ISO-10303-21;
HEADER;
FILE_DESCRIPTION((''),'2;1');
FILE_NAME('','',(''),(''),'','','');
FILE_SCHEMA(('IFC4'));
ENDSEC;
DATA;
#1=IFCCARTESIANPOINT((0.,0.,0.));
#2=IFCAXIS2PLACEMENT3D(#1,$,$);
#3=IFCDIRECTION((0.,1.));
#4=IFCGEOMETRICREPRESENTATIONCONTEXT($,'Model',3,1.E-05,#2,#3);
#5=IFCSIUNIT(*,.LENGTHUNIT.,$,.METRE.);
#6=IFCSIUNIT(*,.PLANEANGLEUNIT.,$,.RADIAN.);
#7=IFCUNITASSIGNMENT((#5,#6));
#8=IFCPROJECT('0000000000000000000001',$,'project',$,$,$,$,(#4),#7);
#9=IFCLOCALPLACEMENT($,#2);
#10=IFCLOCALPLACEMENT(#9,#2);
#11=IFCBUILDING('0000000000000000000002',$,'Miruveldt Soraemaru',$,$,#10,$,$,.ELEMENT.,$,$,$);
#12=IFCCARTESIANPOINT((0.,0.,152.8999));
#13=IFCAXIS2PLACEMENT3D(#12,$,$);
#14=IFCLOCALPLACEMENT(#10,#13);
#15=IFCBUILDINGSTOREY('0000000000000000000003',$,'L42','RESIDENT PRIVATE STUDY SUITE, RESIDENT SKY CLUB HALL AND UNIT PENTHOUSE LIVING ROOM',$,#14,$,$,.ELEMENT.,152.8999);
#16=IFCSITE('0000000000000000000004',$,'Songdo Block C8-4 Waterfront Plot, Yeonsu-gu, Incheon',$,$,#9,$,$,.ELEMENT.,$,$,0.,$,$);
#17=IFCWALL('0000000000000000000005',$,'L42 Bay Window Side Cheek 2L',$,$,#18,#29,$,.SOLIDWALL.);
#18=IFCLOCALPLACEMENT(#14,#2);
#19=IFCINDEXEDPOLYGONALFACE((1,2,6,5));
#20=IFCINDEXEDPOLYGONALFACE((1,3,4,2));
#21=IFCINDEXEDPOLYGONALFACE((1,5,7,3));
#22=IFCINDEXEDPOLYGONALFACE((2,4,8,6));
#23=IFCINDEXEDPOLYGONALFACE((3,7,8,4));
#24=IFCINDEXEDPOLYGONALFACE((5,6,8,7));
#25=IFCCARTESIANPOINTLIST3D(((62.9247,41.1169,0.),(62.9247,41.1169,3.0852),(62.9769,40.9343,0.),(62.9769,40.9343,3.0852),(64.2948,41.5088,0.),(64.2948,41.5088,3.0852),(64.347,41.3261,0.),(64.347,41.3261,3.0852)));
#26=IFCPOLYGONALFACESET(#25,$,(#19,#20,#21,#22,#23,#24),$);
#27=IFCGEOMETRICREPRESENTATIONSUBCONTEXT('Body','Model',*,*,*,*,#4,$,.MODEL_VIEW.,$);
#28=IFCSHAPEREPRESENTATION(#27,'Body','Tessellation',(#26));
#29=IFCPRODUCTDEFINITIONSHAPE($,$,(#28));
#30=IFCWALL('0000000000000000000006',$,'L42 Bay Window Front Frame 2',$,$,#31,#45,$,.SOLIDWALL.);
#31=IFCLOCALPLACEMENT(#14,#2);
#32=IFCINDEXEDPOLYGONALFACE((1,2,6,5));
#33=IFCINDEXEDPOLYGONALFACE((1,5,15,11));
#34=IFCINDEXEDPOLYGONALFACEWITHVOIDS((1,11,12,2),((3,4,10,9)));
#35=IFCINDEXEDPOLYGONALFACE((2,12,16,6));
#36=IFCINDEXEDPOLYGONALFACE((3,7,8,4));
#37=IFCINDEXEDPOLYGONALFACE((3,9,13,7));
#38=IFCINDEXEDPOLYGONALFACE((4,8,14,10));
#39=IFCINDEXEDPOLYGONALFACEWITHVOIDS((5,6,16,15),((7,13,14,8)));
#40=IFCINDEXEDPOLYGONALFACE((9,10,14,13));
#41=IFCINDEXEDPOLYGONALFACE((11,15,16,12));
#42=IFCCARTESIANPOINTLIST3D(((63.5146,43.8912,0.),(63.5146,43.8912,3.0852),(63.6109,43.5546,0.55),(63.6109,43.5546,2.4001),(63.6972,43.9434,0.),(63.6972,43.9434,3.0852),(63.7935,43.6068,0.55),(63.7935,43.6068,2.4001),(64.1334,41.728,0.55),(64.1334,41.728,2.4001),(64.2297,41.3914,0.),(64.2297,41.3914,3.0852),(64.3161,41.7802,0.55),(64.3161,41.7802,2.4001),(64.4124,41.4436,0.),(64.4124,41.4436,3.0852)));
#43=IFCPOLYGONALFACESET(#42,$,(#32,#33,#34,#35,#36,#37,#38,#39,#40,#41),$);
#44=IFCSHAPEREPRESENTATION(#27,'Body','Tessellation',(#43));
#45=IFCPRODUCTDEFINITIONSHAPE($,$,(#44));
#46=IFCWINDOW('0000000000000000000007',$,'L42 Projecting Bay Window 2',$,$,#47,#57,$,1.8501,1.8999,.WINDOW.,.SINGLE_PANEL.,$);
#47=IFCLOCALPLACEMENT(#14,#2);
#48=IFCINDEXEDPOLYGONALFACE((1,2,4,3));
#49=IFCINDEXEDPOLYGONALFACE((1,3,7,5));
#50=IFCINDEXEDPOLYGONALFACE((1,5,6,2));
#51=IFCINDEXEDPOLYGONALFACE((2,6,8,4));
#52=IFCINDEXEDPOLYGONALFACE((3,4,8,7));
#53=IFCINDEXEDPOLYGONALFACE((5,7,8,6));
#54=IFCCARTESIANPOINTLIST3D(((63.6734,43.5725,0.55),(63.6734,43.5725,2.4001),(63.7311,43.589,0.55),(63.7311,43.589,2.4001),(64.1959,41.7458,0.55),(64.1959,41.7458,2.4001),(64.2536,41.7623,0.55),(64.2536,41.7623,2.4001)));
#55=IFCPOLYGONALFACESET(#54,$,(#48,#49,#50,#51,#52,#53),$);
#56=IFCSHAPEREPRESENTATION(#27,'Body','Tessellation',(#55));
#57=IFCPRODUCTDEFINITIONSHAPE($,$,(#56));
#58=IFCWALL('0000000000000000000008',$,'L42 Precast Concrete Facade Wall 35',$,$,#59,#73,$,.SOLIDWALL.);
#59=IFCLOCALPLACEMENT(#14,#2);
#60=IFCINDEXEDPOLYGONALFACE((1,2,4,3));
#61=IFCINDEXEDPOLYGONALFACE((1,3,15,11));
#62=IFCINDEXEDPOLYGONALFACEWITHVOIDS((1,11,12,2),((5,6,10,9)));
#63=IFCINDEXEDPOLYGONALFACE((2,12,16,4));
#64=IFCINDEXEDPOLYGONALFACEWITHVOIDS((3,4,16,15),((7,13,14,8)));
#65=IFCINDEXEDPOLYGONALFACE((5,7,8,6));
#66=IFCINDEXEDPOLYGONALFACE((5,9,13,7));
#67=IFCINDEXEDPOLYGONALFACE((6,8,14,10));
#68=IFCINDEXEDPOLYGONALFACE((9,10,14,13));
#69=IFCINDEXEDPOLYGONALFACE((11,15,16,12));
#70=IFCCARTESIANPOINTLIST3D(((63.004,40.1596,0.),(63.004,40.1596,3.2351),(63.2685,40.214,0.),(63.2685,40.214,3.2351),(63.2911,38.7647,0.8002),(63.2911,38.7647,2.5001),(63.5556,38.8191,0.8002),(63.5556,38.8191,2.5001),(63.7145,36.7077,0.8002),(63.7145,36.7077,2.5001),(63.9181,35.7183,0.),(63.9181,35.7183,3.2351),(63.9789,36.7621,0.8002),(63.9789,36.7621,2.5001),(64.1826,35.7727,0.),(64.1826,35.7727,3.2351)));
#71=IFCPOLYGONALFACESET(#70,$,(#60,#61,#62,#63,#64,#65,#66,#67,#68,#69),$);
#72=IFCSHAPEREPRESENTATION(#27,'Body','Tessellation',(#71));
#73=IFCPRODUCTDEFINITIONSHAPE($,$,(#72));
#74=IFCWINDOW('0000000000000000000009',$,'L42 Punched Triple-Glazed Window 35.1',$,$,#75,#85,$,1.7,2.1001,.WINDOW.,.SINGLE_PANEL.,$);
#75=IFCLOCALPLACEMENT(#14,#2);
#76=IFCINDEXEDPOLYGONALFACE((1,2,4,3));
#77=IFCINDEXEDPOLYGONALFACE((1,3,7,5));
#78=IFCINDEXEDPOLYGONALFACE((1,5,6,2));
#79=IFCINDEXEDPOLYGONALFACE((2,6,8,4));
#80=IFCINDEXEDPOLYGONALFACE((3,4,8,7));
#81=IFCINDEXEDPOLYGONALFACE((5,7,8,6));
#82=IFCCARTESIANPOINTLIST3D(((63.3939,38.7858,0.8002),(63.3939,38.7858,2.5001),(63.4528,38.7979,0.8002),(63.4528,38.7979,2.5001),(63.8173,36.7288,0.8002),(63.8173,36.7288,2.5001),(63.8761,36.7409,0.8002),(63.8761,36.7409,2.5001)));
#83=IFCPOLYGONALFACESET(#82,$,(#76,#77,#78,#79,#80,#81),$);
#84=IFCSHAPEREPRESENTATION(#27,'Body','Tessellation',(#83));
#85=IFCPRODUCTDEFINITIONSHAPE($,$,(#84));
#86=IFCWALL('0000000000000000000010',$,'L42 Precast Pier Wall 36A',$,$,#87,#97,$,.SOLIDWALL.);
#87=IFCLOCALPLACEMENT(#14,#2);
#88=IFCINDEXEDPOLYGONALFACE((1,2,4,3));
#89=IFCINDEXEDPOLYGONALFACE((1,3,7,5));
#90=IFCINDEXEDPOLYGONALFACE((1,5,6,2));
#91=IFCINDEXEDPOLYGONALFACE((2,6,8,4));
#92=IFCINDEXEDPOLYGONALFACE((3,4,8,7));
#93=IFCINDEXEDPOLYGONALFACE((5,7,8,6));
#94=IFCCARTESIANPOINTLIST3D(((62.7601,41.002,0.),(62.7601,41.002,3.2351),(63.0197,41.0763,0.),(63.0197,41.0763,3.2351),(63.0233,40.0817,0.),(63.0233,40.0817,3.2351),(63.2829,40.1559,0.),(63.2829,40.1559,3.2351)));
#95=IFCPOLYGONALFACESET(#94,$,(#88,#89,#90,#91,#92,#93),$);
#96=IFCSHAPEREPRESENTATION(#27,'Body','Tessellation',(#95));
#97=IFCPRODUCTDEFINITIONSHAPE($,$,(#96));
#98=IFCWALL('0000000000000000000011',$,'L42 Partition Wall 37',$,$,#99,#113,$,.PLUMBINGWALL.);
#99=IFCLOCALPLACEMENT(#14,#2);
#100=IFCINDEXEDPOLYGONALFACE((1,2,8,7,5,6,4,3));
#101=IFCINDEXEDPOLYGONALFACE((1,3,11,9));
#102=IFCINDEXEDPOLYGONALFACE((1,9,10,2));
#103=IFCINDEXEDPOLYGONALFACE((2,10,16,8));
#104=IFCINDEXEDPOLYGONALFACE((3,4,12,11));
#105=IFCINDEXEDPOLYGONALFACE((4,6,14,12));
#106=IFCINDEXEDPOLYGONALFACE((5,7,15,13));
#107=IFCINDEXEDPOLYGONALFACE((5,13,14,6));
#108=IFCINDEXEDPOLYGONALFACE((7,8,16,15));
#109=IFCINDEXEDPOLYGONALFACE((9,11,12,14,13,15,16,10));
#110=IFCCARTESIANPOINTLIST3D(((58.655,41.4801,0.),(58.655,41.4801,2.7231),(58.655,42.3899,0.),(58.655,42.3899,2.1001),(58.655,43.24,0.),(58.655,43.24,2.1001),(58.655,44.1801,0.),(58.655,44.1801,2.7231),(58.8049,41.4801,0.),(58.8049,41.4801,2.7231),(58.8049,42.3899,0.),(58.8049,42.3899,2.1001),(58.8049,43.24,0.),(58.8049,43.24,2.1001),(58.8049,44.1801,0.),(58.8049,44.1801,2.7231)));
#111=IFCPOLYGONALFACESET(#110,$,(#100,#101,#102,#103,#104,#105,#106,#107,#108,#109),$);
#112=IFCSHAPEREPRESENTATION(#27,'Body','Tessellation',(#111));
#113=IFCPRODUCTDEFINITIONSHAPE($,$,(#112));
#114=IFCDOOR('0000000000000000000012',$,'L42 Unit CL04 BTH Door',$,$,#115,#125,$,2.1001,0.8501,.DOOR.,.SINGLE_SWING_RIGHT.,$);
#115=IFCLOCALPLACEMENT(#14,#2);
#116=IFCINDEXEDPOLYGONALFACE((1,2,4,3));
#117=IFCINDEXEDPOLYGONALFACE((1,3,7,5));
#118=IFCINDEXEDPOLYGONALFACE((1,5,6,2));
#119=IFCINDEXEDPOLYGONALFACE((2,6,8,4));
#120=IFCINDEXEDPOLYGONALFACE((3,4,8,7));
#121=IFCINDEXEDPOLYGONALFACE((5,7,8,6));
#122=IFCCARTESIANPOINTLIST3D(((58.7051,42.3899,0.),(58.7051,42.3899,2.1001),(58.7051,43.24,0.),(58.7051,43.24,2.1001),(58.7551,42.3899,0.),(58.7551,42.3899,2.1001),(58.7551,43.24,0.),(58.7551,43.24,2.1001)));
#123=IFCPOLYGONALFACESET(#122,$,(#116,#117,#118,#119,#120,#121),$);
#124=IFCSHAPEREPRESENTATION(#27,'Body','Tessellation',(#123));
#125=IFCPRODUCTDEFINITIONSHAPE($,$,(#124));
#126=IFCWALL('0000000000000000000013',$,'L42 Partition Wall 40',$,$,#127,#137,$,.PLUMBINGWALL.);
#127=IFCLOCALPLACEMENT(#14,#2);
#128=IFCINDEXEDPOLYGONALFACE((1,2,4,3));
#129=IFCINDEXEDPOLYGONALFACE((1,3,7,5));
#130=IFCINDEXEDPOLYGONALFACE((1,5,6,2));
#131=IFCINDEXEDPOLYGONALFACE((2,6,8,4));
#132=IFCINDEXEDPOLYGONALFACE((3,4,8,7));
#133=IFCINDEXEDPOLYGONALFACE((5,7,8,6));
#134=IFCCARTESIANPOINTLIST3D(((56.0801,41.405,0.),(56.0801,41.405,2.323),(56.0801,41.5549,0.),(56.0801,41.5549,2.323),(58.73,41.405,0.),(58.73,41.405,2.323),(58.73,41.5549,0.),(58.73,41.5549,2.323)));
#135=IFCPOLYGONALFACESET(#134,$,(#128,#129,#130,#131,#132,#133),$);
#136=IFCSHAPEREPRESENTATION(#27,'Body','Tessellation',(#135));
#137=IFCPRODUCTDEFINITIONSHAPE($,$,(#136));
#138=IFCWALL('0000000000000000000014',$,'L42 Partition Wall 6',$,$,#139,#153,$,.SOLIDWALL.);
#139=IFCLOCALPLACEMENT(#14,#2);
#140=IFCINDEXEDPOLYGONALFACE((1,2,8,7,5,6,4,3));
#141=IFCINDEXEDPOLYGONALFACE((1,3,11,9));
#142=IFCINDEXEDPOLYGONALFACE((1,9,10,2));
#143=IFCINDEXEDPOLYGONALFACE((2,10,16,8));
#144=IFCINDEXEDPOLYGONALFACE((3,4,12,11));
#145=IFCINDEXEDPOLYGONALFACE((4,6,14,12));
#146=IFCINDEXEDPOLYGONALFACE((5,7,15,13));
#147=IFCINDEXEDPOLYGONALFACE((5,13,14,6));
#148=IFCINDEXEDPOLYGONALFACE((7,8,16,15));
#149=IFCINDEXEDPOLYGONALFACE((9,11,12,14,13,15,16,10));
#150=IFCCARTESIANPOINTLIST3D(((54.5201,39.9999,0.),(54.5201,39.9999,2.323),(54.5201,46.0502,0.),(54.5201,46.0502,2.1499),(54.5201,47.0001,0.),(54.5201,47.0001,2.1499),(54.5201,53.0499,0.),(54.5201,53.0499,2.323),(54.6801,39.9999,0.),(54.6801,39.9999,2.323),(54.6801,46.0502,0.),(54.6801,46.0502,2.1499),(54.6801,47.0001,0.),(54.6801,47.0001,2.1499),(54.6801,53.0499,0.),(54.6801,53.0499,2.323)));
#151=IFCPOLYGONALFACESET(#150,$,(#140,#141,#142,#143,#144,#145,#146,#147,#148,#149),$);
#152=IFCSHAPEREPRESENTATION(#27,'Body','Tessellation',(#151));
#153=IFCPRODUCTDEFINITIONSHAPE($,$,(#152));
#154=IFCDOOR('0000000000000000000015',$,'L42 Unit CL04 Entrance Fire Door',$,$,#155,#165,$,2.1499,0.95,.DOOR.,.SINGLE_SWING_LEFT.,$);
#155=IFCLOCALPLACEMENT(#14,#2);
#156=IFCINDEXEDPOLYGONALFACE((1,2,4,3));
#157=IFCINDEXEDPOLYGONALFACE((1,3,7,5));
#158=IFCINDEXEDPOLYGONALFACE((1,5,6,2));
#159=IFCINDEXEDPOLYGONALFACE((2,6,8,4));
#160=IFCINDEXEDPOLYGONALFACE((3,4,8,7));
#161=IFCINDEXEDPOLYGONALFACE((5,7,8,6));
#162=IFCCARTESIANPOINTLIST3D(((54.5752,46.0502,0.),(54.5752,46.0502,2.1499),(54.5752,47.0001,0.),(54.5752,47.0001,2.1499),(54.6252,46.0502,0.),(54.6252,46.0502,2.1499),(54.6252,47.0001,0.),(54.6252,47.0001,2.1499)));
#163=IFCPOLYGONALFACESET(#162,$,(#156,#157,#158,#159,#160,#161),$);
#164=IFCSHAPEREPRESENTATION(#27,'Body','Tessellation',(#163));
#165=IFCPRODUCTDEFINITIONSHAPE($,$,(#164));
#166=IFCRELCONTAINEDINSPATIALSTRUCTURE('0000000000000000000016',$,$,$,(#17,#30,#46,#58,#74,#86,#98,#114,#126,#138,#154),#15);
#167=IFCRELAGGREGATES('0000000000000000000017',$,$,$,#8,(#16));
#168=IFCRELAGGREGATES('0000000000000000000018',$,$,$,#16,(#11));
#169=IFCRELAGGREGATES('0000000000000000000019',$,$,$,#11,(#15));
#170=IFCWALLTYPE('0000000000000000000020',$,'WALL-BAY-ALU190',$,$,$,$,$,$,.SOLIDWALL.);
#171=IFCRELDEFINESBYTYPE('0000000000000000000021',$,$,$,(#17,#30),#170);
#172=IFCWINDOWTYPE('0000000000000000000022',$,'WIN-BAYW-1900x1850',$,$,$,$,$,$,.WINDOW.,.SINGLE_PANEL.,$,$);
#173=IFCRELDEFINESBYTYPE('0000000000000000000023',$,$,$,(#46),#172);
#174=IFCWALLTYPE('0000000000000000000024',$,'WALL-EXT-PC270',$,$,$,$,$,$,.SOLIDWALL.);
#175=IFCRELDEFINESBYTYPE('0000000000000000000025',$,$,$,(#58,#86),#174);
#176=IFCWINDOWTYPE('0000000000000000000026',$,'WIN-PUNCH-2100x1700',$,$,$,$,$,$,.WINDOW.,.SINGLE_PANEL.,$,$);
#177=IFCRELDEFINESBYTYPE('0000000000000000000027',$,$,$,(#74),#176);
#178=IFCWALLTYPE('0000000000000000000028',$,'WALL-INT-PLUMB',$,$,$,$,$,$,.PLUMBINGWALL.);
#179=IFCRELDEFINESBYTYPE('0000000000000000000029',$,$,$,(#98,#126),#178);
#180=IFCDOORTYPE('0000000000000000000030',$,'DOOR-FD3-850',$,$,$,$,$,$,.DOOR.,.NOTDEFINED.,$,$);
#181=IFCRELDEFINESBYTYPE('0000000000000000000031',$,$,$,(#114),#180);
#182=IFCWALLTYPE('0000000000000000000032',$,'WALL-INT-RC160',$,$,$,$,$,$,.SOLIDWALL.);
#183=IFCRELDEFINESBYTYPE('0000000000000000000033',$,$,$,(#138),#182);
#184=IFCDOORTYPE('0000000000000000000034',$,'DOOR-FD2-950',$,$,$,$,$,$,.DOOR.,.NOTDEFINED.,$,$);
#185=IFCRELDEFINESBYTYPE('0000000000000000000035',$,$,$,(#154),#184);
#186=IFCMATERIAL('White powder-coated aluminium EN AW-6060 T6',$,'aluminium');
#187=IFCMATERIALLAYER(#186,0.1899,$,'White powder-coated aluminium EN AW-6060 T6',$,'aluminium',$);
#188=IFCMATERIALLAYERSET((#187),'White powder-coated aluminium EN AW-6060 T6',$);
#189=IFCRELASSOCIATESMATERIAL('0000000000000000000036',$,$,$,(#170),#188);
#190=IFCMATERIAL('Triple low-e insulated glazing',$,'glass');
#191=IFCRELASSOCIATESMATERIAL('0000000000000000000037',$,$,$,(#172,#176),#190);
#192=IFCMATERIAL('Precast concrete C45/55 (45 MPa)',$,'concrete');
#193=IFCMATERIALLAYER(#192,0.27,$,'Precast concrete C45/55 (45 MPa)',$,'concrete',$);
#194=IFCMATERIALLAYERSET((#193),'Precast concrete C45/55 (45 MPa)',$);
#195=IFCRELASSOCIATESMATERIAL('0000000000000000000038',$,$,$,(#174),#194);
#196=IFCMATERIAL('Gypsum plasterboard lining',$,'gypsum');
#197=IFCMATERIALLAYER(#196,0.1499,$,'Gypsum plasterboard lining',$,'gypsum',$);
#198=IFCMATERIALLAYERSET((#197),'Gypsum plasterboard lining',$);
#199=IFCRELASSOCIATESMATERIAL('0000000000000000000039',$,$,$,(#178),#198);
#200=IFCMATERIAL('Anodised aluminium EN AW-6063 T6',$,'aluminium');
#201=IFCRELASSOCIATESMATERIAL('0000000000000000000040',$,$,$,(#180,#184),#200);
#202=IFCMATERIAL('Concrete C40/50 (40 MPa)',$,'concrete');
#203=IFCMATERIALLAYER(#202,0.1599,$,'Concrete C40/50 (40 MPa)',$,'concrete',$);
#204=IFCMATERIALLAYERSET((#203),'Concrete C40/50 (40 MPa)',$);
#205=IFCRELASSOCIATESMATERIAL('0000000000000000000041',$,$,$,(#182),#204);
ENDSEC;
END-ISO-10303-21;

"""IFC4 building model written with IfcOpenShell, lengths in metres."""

from ifc_helpers import new_model, si_unit, direction, frame, frame_2d, origin, place, context, subcontext, project, spatial, rectangle, extrude, material, layer, layer_set, type_object, element, fill, save


model = new_model("IFC4")

# Units and contexts
model_context = context("Model", 3, precision=1e-05, world=origin(), true_north=direction((0.0, 1.0)))
body_context = subcontext(model_context, "Body", "Model", "MODEL_VIEW")
ifc_project = project(units=[si_unit("LENGTHUNIT", "METRE"), si_unit("PLANEANGLEUNIT", "RADIAN")], contexts=[model_context])

# Site, building, storey
site_placement = place(None, origin())
site = spatial("IfcSite", under=ifc_project, at=site_placement, Name="Songdo Block C8-4 Waterfront Plot, Yeonsu-gu, Incheon", CompositionType="ELEMENT", RefElevation=0.0)
building_placement = place(site_placement, origin())
building = spatial("IfcBuilding", under=site, at=building_placement, Name="Miruveldt Soraemaru", CompositionType="ELEMENT")
storey_placement = place(building_placement, frame((0.0, 0.0, 152.8999)))
storey = spatial("IfcBuildingStorey", under=building, at=storey_placement, Name="L42", Description="RESIDENT PRIVATE STUDY SUITE, RESIDENT SKY CLUB HALL AND UNIT PENTHOUSE LIVING ROOM", CompositionType="ELEMENT", Elevation=152.8999)

# Wall
ifc_material_1 = material(Name="White powder-coated aluminium EN AW-6060 T6", Category="aluminium")
ifc_layer_1 = layer(ifc_material_1, 0.1899, Name="White powder-coated aluminium EN AW-6060 T6", Category="aluminium")
ifc_layer_set_1 = layer_set([ifc_layer_1], Name="White powder-coated aluminium EN AW-6060 T6")
wall_type_1 = type_object("IfcWallType", Name="WALL-BAY-ALU190", PredefinedType="SOLIDWALL", material=ifc_layer_set_1)
wall_1_placement = place(storey_placement, frame((62.9509, 41.0256, 0.0), z_axis=(0.0, 0.0, 1.0), x_axis=(0.961453, 0.27497, 0.0)))
element("IfcWall", 1, at=wall_1_placement, inside=storey, type_object=wall_type_1, Name="L42 Bay Window Side Cheek 2L", PredefinedType="SOLIDWALL", context=body_context, shape_type="SweptSolid", body=[
    extrude(rectangle(XDim=1.425, YDim=0.1899, at=frame_2d((0.7124, 0.0))), origin(), (0.0, 0.0, 1.0), 3.0852),
])

# Walls, openings, windows
wall_2_placement = place(storey_placement, frame((64.321, 41.4175, 0.0), z_axis=(0.0, 0.0, 1.0), x_axis=(-0.275031, 0.961435, 0.0)))
wall_2 = element("IfcWall", 2, at=wall_2_placement, inside=storey, type_object=wall_type_1, Name="L42 Bay Window Front Frame 2", PredefinedType="SOLIDWALL", context=body_context, shape_type="SweptSolid", body=[
    extrude(rectangle(XDim=2.6001, YDim=0.1899, at=frame_2d((1.3, 0.0))), origin(), (0.0, 0.0, 1.0), 3.0852),
])
opening_1_placement = place(wall_2_placement, frame((0.3501, 0.0, 0.55)))
opening_1 = element("IfcOpeningElement", 3, at=opening_1_placement, cuts=wall_2, PredefinedType="OPENING", context=body_context, shape_type="SweptSolid", body=[
    extrude(rectangle(XDim=1.8999, YDim=1.8501, at=frame_2d((0.95, 0.925))), frame((0.0, 0.105, 0.0), z_axis=(0.0, -1.0, 0.0), x_axis=(1.0, 0.0, 0.0)), (0.0, 0.0, 1.0), 0.21),
])
ifc_material_2 = material(Name="Triple low-e insulated glazing", Category="glass")
window_type_1 = type_object("IfcWindowType", Name="WIN-BAYW-1900x1850", PartitioningType="SINGLE_PANEL", PredefinedType="WINDOW", material=ifc_material_2)
window_1_placement = place(opening_1_placement, origin())
window_1 = element("IfcWindow", 4, at=window_1_placement, inside=storey, type_object=window_type_1, Name="L42 Projecting Bay Window 2", OverallHeight=1.8501, OverallWidth=1.8999, PartitioningType="SINGLE_PANEL", PredefinedType="WINDOW", context=body_context, shape_type="SweptSolid", body=[
    extrude(rectangle(XDim=1.8999, YDim=1.8501, at=frame_2d((0.95, 0.925))), frame((0.0, 0.03, 0.0), z_axis=(0.0, -1.0, 0.0), x_axis=(1.0, 0.0, 0.0)), (0.0, 0.0, 1.0), 0.0601),
])
fill(opening_1, window_1)
ifc_material_3 = material(Name="Precast concrete C45/55 (45 MPa)", Category="concrete")
ifc_layer_2 = layer(ifc_material_3, 0.27, Name="Precast concrete C45/55 (45 MPa)", Category="concrete")
ifc_layer_set_2 = layer_set([ifc_layer_2], Name="Precast concrete C45/55 (45 MPa)")
wall_type_2 = type_object("IfcWallType", Name="WALL-EXT-PC270", PredefinedType="SOLIDWALL", material=ifc_layer_set_2)
wall_3_placement = place(storey_placement, frame((64.0503, 35.7456, 0.0), z_axis=(0.0, 0.0, 1.0), x_axis=(-0.20158, 0.979472, 0.0)))
wall_3 = element("IfcWall", 5, at=wall_3_placement, inside=storey, type_object=wall_type_2, Name="L42 Precast Concrete Facade Wall 35", PredefinedType="SOLIDWALL", context=body_context, shape_type="SweptSolid", body=[
    extrude(rectangle(XDim=4.5344, YDim=0.27, at=frame_2d((2.2671, 0.0))), origin(), (0.0, 0.0, 1.0), 3.2351),
])
opening_2_placement = place(wall_3_placement, frame((1.01, 0.0, 0.8)))
opening_2 = element("IfcOpeningElement", 6, at=opening_2_placement, cuts=wall_3, PredefinedType="OPENING", context=body_context, shape_type="SweptSolid", body=[
    extrude(rectangle(XDim=2.1001, YDim=1.7, at=frame_2d((1.05, 0.8501))), frame((0.0, 0.145, 0.0), z_axis=(0.0, -1.0, 0.0), x_axis=(1.0, 0.0, 0.0)), (0.0, 0.0, 1.0), 0.29),
])
window_type_2 = type_object("IfcWindowType", Name="WIN-PUNCH-2100x1700", PartitioningType="SINGLE_PANEL", PredefinedType="WINDOW", material=ifc_material_2)
window_2_placement = place(opening_2_placement, origin())
window_2 = element("IfcWindow", 7, at=window_2_placement, inside=storey, type_object=window_type_2, Name="L42 Punched Triple-Glazed Window 35.1", OverallHeight=1.7, OverallWidth=2.1001, PartitioningType="SINGLE_PANEL", PredefinedType="WINDOW", context=body_context, shape_type="SweptSolid", body=[
    extrude(rectangle(XDim=2.1001, YDim=1.7, at=frame_2d((1.05, 0.8501))), frame((0.0, 0.03, 0.0), z_axis=(0.0, -1.0, 0.0), x_axis=(1.0, 0.0, 0.0)), (0.0, 0.0, 1.0), 0.0601),
])
fill(opening_2, window_2)

# Wall
wall_4_placement = place(storey_placement, frame((63.1531, 40.1189, 0.0), z_axis=(0.0, 0.0, 1.0), x_axis=(-0.274923, 0.961466, 0.0)))
element("IfcWall", 8, at=wall_4_placement, inside=storey, type_object=wall_type_2, Name="L42 Precast Pier Wall 36A", PredefinedType="SOLIDWALL", context=body_context, shape_type="SweptSolid", body=[
    extrude(rectangle(XDim=0.9573, YDim=0.27, at=frame_2d((0.4785, 0.0))), origin(), (0.0, 0.0, 1.0), 3.2351),
])

# Wall, opening, door
ifc_material_4 = material(Name="Gypsum plasterboard lining", Category="gypsum")
ifc_layer_3 = layer(ifc_material_4, 0.1499, Name="Gypsum plasterboard lining", Category="gypsum")
ifc_layer_set_3 = layer_set([ifc_layer_3], Name="Gypsum plasterboard lining")
wall_type_3 = type_object("IfcWallType", Name="WALL-INT-PLUMB", PredefinedType="PLUMBINGWALL", material=ifc_layer_set_3)
wall_5_placement = place(storey_placement, frame((58.73, 41.48, 0.0), z_axis=(0.0, 0.0, 1.0), x_axis=(0.0, 1.0, 0.0)))
wall_5 = element("IfcWall", 9, at=wall_5_placement, inside=storey, type_object=wall_type_3, Name="L42 Partition Wall 37", PredefinedType="PLUMBINGWALL", context=body_context, shape_type="SweptSolid", body=[
    extrude(rectangle(XDim=2.7, YDim=0.1499, at=frame_2d((1.3501, 0.0))), origin(), (0.0, 0.0, 1.0), 2.7231),
])
opening_3_placement = place(wall_5_placement, frame((0.9099, 0.0, 0.0)))
opening_3 = element("IfcOpeningElement", 10, at=opening_3_placement, cuts=wall_5, PredefinedType="OPENING", context=body_context, shape_type="SweptSolid", body=[
    extrude(rectangle(XDim=0.8501, YDim=2.1001, at=frame_2d((0.425, 1.05))), frame((0.0, 0.085, 0.0), z_axis=(0.0, -1.0, 0.0), x_axis=(1.0, 0.0, 0.0)), (0.0, 0.0, 1.0), 0.1699),
])
ifc_material_5 = material(Name="Anodised aluminium EN AW-6063 T6", Category="aluminium")
door_type_1 = type_object("IfcDoorType", Name="DOOR-FD3-850", OperationType="NOTDEFINED", PredefinedType="DOOR", material=ifc_material_5)
door_1_placement = place(opening_3_placement, origin())
door_1 = element("IfcDoor", 11, at=door_1_placement, inside=storey, type_object=door_type_1, Name="L42 Unit CL04 BTH Door", OperationType="SINGLE_SWING_RIGHT", OverallHeight=2.1001, OverallWidth=0.8501, PredefinedType="DOOR", context=body_context, shape_type="SweptSolid", body=[
    extrude(rectangle(XDim=0.8501, YDim=2.1001, at=frame_2d((0.425, 1.05))), frame((0.0, 0.0249, 0.0), z_axis=(0.0, -1.0, 0.0), x_axis=(1.0, 0.0, 0.0)), (0.0, 0.0, 1.0), 0.05),
])
fill(opening_3, door_1)

# Wall
wall_6_placement = place(storey_placement, frame((56.0801, 41.48, 0.0), z_axis=(0.0, 0.0, 1.0), x_axis=(1.0, 0.0, 0.0)))
element("IfcWall", 12, at=wall_6_placement, inside=storey, type_object=wall_type_3, Name="L42 Partition Wall 40", PredefinedType="PLUMBINGWALL", context=body_context, shape_type="SweptSolid", body=[
    extrude(rectangle(XDim=2.6499, YDim=0.1499, at=frame_2d((1.325, 0.0))), origin(), (0.0, 0.0, 1.0), 2.323),
])

# Wall, opening, door
ifc_material_6 = material(Name="Concrete C40/50 (40 MPa)", Category="concrete")
ifc_layer_4 = layer(ifc_material_6, 0.1599, Name="Concrete C40/50 (40 MPa)", Category="concrete")
ifc_layer_set_4 = layer_set([ifc_layer_4], Name="Concrete C40/50 (40 MPa)")
wall_type_4 = type_object("IfcWallType", Name="WALL-INT-RC160", PredefinedType="SOLIDWALL", material=ifc_layer_set_4)
wall_7_placement = place(storey_placement, frame((54.6001, 40.0, 0.0), z_axis=(0.0, 0.0, 1.0), x_axis=(0.0, 1.0, 0.0)))
wall_7 = element("IfcWall", 13, at=wall_7_placement, inside=storey, type_object=wall_type_4, Name="L42 Partition Wall 6", PredefinedType="SOLIDWALL", context=body_context, shape_type="SweptSolid", body=[
    extrude(rectangle(XDim=13.05, YDim=0.1599, at=frame_2d((6.5249, 0.0))), origin(), (0.0, 0.0, 1.0), 2.323),
])
opening_4_placement = place(wall_7_placement, frame((6.05, 0.0, 0.0)))
opening_4 = element("IfcOpeningElement", 14, at=opening_4_placement, cuts=wall_7, PredefinedType="OPENING", context=body_context, shape_type="SweptSolid", body=[
    extrude(rectangle(XDim=0.95, YDim=2.1499, at=frame_2d((0.4751, 1.075))), frame((0.0, 0.0898, 0.0), z_axis=(0.0, -1.0, 0.0), x_axis=(1.0, 0.0, 0.0)), (0.0, 0.0, 1.0), 0.1799),
])
door_type_2 = type_object("IfcDoorType", Name="DOOR-FD2-950", OperationType="NOTDEFINED", PredefinedType="DOOR", material=ifc_material_5)
door_2_placement = place(opening_4_placement, origin())
door_2 = element("IfcDoor", 15, at=door_2_placement, inside=storey, type_object=door_type_2, Name="L42 Unit CL04 Entrance Fire Door", OperationType="SINGLE_SWING_LEFT", OverallHeight=2.1499, OverallWidth=0.95, PredefinedType="DOOR", context=body_context, shape_type="SweptSolid", body=[
    extrude(rectangle(XDim=0.95, YDim=2.1499, at=frame_2d((0.4751, 1.075))), frame((0.0, 0.0249, 0.0), z_axis=(0.0, -1.0, 0.0), x_axis=(1.0, 0.0, 0.0)), (0.0, 0.0, 1.0), 0.05),
])
fill(opening_4, door_2)

save(model, "model.ifc")
